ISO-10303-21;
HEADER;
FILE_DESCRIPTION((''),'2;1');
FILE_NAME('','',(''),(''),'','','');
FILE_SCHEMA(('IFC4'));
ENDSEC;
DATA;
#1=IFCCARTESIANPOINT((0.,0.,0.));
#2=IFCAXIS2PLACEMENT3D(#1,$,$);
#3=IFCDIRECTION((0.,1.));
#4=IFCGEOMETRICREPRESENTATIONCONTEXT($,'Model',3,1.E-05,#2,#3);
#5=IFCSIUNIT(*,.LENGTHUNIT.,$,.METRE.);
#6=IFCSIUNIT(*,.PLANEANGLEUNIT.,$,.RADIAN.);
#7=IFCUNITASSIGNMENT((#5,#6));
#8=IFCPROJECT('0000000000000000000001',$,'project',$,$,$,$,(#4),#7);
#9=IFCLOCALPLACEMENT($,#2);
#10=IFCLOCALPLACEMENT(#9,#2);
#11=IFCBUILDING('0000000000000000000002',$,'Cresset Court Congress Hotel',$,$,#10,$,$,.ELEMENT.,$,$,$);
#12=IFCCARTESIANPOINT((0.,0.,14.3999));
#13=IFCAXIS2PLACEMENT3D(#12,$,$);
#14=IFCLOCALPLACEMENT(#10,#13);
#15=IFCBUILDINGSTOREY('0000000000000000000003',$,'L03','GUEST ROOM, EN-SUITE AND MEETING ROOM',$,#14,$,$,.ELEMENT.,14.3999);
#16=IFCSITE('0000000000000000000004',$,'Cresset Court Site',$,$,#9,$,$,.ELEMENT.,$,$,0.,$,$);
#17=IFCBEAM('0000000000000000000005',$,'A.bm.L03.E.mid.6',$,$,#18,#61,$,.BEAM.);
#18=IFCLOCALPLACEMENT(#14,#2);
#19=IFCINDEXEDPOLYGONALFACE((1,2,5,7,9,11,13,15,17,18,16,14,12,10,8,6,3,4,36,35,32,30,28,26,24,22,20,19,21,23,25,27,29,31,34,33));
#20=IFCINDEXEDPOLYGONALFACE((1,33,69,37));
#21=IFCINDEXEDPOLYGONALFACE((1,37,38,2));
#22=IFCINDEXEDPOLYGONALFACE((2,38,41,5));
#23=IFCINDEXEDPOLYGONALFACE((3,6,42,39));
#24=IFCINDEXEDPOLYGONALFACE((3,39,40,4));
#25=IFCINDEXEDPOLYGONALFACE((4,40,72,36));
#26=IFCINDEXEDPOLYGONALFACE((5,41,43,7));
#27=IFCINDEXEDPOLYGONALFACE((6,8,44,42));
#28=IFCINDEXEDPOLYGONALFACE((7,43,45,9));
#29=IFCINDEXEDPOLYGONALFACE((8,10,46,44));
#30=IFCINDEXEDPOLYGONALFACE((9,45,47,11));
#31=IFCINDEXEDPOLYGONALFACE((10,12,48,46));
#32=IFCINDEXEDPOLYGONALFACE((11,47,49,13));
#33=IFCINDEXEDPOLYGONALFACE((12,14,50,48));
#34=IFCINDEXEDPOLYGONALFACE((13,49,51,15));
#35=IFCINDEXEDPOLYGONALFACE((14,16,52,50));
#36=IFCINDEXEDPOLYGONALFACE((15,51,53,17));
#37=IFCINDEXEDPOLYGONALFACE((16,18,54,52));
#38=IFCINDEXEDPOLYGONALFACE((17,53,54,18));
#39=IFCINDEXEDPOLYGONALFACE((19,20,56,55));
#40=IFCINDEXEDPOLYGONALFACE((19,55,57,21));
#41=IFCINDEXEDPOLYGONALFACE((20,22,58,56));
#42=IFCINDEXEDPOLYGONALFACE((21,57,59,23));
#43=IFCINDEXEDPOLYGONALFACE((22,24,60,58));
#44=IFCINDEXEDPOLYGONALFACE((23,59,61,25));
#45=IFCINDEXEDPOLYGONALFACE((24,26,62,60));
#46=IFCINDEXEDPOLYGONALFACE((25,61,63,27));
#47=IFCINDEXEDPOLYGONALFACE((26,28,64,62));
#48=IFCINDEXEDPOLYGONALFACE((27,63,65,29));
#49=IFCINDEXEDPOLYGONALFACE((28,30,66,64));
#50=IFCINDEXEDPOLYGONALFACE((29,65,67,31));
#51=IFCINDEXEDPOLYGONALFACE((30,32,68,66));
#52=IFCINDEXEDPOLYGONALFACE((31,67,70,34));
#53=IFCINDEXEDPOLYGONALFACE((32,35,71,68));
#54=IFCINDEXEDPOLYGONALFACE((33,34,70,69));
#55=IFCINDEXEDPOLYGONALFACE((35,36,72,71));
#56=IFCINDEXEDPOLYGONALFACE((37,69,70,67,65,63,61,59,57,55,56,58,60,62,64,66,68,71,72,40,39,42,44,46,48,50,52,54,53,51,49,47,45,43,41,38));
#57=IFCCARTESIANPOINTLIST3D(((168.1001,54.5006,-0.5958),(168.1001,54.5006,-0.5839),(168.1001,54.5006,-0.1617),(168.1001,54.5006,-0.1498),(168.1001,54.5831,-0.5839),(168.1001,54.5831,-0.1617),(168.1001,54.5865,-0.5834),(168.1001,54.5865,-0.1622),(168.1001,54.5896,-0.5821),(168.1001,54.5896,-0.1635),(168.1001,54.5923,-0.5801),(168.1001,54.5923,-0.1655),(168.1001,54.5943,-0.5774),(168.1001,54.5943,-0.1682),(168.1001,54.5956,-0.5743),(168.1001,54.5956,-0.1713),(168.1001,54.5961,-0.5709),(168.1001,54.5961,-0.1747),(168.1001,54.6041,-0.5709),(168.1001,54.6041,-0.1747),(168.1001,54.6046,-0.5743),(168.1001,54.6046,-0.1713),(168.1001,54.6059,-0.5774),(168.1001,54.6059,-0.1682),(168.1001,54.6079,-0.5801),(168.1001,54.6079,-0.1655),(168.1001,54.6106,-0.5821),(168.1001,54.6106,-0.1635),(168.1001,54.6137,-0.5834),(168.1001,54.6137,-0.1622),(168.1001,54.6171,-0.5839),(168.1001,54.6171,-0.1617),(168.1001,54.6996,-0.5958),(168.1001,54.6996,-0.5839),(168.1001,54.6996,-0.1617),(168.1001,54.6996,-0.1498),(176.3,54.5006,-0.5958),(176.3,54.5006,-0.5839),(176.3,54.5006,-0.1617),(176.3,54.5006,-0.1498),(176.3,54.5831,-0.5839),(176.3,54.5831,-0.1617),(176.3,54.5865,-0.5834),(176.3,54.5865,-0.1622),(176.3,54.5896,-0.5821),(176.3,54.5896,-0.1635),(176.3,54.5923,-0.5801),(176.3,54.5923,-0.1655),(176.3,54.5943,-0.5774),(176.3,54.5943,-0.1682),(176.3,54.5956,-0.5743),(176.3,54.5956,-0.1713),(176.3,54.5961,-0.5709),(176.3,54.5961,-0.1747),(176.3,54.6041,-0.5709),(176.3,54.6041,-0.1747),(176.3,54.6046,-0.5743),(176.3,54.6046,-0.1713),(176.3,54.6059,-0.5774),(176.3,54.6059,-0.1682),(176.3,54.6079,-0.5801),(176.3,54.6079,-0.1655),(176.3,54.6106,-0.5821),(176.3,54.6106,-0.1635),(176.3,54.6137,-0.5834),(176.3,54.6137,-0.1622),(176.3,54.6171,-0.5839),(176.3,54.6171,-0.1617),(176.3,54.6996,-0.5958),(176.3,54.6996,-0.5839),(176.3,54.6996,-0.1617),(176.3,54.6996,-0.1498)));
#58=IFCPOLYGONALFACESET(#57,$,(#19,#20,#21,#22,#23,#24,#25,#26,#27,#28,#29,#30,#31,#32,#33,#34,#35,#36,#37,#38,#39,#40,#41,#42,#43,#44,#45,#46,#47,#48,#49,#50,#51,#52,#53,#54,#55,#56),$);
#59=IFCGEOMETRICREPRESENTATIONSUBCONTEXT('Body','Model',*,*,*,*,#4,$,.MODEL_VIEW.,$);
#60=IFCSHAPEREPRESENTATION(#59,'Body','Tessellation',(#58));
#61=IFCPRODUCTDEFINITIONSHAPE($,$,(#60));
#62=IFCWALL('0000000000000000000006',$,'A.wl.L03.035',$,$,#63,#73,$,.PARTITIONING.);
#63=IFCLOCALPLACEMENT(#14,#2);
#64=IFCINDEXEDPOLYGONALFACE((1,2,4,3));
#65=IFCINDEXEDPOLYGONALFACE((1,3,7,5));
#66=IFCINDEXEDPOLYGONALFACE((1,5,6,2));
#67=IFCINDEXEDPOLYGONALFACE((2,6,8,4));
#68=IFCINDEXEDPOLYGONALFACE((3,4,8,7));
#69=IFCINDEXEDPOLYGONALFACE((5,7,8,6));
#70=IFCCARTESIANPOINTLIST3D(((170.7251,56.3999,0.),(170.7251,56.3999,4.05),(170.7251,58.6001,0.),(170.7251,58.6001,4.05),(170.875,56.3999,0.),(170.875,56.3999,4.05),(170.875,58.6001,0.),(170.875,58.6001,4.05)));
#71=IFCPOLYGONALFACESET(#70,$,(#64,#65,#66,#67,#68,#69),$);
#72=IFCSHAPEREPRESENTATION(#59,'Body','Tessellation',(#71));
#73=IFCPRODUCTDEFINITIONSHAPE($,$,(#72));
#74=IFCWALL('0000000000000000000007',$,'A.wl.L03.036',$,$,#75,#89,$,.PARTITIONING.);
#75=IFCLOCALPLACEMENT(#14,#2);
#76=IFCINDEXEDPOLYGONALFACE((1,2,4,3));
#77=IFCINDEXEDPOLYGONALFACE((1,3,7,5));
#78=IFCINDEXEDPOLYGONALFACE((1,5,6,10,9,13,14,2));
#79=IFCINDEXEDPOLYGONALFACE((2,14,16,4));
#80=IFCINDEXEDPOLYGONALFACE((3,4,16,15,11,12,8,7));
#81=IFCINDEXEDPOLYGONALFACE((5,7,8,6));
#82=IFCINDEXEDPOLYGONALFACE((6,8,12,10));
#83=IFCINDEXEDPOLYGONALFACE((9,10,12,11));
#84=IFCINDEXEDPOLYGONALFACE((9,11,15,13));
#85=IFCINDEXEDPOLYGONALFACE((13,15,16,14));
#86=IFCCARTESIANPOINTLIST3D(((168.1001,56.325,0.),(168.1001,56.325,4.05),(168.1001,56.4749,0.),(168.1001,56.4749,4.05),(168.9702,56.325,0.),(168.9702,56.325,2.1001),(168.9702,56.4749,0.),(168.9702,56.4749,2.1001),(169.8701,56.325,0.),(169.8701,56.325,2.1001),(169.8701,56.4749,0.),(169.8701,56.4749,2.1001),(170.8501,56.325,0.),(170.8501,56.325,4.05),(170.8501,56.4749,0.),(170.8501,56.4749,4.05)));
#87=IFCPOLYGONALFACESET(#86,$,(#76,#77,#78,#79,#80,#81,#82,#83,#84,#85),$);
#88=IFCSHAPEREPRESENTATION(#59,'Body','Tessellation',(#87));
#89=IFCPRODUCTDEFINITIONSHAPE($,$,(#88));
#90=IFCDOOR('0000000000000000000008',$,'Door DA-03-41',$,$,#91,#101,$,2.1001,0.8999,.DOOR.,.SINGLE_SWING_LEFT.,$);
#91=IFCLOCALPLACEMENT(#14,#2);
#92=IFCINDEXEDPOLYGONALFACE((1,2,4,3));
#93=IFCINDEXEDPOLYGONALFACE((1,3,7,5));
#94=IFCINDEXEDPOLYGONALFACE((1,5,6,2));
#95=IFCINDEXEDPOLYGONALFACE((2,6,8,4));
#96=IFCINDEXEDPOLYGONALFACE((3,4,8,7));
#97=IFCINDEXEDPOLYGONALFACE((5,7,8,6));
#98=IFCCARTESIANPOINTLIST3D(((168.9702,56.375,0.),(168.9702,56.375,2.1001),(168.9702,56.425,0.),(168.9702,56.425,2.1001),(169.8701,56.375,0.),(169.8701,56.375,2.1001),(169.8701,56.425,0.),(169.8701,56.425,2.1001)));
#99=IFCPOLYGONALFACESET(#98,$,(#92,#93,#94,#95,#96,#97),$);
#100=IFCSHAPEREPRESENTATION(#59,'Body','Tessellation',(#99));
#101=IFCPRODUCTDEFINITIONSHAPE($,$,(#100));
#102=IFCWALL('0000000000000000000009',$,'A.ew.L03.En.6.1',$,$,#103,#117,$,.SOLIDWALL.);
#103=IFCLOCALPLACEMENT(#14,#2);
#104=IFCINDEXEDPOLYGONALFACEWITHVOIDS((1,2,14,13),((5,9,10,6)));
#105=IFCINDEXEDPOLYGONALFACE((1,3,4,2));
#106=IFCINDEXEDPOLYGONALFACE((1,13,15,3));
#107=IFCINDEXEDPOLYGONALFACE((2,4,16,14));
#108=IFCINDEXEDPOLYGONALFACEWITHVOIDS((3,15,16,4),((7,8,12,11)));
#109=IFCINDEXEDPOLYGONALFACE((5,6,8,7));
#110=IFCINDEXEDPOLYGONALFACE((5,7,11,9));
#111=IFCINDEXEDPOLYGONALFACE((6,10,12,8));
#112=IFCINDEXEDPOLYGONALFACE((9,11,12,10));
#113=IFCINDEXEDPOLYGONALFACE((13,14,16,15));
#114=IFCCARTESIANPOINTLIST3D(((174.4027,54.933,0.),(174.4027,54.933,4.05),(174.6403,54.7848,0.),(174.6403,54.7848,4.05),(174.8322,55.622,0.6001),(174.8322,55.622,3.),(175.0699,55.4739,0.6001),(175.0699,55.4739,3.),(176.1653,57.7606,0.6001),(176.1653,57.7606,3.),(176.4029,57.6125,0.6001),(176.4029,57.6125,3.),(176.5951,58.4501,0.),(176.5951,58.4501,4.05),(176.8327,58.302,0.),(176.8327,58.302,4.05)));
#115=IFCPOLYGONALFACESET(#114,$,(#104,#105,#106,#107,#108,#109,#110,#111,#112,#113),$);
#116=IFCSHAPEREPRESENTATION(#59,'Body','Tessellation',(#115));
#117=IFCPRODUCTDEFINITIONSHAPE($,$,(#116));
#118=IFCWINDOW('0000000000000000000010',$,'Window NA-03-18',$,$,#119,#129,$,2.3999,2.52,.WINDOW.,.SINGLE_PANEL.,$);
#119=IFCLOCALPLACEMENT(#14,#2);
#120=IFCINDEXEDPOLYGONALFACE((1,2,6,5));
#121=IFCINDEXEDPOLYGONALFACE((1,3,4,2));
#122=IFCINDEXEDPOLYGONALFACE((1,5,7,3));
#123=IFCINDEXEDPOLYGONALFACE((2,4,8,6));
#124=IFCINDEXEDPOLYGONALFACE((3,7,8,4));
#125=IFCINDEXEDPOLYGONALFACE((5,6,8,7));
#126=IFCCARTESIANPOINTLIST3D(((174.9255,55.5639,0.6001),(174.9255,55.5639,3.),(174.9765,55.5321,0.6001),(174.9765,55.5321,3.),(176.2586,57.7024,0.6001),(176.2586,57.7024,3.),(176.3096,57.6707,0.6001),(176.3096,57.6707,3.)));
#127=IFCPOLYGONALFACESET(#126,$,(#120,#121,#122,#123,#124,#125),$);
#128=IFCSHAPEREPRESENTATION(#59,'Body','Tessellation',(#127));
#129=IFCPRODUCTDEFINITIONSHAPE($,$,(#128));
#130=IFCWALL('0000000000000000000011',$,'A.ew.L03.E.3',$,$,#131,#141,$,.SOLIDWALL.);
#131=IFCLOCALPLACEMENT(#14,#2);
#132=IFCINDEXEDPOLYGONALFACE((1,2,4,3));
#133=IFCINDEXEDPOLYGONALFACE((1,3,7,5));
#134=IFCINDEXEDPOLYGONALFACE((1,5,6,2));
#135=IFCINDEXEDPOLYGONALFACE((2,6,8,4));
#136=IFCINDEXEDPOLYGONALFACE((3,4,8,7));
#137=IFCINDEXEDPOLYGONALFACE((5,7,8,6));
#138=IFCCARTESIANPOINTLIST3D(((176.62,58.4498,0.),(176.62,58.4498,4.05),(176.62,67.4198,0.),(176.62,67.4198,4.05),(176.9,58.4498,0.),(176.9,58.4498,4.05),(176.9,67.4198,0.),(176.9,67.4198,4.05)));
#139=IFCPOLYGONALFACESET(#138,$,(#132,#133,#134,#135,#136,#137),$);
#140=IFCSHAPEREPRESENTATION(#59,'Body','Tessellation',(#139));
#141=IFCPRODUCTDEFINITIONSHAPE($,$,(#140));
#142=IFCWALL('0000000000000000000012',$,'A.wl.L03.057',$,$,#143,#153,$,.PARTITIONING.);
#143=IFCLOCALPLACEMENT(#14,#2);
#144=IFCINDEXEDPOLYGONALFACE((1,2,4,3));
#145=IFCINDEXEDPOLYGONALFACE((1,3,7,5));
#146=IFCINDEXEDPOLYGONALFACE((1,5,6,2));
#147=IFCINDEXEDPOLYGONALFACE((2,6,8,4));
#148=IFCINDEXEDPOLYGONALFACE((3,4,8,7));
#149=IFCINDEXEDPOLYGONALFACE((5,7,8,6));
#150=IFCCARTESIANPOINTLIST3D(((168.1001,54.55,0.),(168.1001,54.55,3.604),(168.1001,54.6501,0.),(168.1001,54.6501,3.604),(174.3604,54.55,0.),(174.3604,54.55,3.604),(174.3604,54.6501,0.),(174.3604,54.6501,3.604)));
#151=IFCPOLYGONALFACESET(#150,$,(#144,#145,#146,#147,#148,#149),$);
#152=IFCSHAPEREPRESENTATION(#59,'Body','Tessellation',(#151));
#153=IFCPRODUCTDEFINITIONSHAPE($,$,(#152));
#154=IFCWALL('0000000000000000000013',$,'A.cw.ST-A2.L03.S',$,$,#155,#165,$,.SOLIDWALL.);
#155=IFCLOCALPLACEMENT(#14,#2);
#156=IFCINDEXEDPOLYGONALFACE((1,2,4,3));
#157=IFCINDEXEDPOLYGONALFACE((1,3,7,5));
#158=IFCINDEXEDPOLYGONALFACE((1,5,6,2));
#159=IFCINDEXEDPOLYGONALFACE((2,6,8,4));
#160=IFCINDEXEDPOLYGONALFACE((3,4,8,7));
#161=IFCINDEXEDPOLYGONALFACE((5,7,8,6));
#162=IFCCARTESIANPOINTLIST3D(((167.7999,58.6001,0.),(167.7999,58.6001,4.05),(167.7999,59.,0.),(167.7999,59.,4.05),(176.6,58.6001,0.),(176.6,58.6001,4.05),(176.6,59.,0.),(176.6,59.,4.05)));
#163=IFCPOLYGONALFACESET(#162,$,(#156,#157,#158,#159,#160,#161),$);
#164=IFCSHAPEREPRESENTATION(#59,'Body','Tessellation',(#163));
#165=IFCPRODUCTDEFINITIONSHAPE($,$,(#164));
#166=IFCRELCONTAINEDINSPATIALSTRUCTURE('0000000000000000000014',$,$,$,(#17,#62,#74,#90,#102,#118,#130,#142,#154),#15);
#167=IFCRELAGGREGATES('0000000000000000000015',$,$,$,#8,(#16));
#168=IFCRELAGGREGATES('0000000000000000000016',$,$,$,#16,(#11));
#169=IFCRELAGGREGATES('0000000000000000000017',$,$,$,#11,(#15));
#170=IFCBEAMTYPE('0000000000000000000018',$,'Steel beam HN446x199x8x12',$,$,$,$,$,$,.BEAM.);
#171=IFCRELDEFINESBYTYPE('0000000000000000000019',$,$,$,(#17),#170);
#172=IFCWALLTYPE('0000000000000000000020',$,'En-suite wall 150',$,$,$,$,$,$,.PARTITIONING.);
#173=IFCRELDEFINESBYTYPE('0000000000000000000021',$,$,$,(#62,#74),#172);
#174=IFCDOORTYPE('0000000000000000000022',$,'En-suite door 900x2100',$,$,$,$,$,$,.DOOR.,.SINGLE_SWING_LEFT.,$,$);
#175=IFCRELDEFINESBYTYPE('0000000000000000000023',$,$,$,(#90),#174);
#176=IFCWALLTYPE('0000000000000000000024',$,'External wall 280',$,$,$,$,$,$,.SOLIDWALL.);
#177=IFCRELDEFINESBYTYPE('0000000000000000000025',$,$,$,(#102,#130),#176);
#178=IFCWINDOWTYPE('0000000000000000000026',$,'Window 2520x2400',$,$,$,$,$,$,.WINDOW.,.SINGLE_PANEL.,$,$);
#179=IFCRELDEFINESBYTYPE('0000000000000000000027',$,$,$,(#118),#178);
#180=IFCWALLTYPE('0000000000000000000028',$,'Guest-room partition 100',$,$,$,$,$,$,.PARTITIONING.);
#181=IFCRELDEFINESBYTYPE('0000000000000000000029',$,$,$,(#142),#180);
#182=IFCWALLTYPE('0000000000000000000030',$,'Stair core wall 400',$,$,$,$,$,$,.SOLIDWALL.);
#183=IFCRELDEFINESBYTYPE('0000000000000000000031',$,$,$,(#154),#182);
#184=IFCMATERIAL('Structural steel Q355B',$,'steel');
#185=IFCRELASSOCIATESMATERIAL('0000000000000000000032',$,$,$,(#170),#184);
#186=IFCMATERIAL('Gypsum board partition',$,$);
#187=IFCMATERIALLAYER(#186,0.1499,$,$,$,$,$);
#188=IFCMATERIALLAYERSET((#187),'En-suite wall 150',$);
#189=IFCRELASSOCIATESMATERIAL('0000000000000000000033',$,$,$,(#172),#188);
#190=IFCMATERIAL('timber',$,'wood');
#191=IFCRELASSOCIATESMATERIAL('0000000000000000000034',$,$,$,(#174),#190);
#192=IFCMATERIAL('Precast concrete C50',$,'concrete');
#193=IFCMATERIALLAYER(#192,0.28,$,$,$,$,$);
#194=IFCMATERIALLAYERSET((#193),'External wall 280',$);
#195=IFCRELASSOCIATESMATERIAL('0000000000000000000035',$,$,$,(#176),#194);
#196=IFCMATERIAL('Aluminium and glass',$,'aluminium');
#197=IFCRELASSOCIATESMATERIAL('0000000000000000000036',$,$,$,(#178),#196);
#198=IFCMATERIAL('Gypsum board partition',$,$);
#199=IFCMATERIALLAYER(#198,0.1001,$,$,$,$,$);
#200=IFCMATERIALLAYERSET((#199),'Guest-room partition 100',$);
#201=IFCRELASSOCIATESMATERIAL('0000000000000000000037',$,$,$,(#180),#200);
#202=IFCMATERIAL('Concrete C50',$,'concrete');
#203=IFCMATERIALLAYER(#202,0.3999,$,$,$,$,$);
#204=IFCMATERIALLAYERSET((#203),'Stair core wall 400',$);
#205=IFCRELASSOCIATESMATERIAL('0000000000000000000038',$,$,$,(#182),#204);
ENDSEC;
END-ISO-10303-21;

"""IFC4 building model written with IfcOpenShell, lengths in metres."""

from ifc_helpers import new_model, si_unit, direction, frame, frame_2d, origin, origin_2d, place, context, subcontext, project, spatial, rectangle, i_section, extrude, material, layer, layer_set, material_profile, profile_set, type_object, element, fill, save


model = new_model("IFC4")

# Units and contexts
model_context = context("Model", 3, precision=1e-05, world=origin(), true_north=direction((0.0, 1.0)))
body_context = subcontext(model_context, "Body", "Model", "MODEL_VIEW")
ifc_project = project(units=[si_unit("LENGTHUNIT", "METRE"), si_unit("PLANEANGLEUNIT", "RADIAN")], contexts=[model_context])

# Site, building, storey
site_placement = place(None, origin())
site = spatial("IfcSite", under=ifc_project, at=site_placement, Name="Cresset Court Site", CompositionType="ELEMENT", RefElevation=0.0)
building_placement = place(site_placement, origin())
building = spatial("IfcBuilding", under=site, at=building_placement, Name="Cresset Court Congress Hotel", CompositionType="ELEMENT")
storey_placement = place(building_placement, frame((0.0, 0.0, 14.3999)))
storey = spatial("IfcBuildingStorey", under=building, at=storey_placement, Name="L03", Description="GUEST ROOM, EN-SUITE AND MEETING ROOM", CompositionType="ELEMENT", Elevation=14.3999)

# Beam
ifc_material_1 = material(Name="Structural steel Q355B", Category="steel")
ifc_material_profile = material_profile(ifc_material_1, i_section(OverallWidth=0.199, OverallDepth=0.446, WebThickness=0.0081, FlangeThickness=0.012, FilletRadius=0.0129, at=origin_2d()), Name="HN446x199x8x12")
ifc_profile_set = profile_set([ifc_material_profile], Name="Structural steel Q355B")
beam_type = type_object("IfcBeamType", Name="Steel beam HN446x199x8x12", PredefinedType="BEAM", material=ifc_profile_set)
beam_placement = place(storey_placement, frame((168.1001, 54.6001, -0.3728), z_axis=(1.0, 0.0, 0.0), x_axis=(0.0, 1.0, 0.0)))
element("IfcBeam", 1, at=beam_placement, inside=storey, type_object=beam_type, Name="A.bm.L03.E.mid.6", PredefinedType="BEAM", context=body_context, shape_type="SweptSolid", body=[
    extrude(i_section(OverallWidth=0.199, OverallDepth=0.446, WebThickness=0.0081, FlangeThickness=0.012, FilletRadius=0.0129, at=origin_2d()), origin(), (0.0, 0.0, 1.0), 8.2),
])

# Wall
ifc_material_2 = material(Name="Gypsum board partition")
ifc_layer_1 = layer(ifc_material_2, 0.1499)
ifc_layer_set_1 = layer_set([ifc_layer_1], Name="En-suite wall 150")
wall_type_1 = type_object("IfcWallType", Name="En-suite wall 150", PredefinedType="PARTITIONING", material=ifc_layer_set_1)
wall_1_placement = place(storey_placement, frame((170.8, 56.3999, 0.0), z_axis=(0.0, 0.0, 1.0), x_axis=(0.0, 1.0, 0.0)))
element("IfcWall", 2, at=wall_1_placement, inside=storey, type_object=wall_type_1, Name="A.wl.L03.035", PredefinedType="PARTITIONING", context=body_context, shape_type="SweptSolid", body=[
    extrude(rectangle(XDim=2.2002, YDim=0.1499, at=frame_2d((1.1001, 0.0))), origin(), (0.0, 0.0, 1.0), 4.05),
])

# Wall, opening, door
wall_2_placement = place(storey_placement, frame((170.8501, 56.3999, 0.0), z_axis=(0.0, 0.0, 1.0), x_axis=(-1.0, 0.0, 0.0)))
wall_2 = element("IfcWall", 3, at=wall_2_placement, inside=storey, type_object=wall_type_1, Name="A.wl.L03.036", PredefinedType="PARTITIONING", context=body_context, shape_type="SweptSolid", body=[
    extrude(rectangle(XDim=2.75, YDim=0.1499, at=frame_2d((1.375, 0.0))), origin(), (0.0, 0.0, 1.0), 4.05),
])
opening_1_placement = place(wall_2_placement, frame((0.98, 0.0, 0.0)))
opening_1 = element("IfcOpeningElement", 4, at=opening_1_placement, cuts=wall_2, PredefinedType="OPENING", context=body_context, shape_type="SweptSolid", body=[
    extrude(rectangle(XDim=0.8999, YDim=2.1001, at=frame_2d((0.45, 1.05))), frame((0.0, 0.085, 0.0), z_axis=(0.0, -1.0, 0.0), x_axis=(1.0, 0.0, 0.0)), (0.0, 0.0, 1.0), 0.1699),
])
ifc_material_3 = material(Name="timber", Category="wood")
door_type_1 = type_object("IfcDoorType", Name="En-suite door 900x2100", OperationType="SINGLE_SWING_LEFT", PredefinedType="DOOR", material=ifc_material_3)
door_1_placement = place(opening_1_placement, origin())
door_1 = element("IfcDoor", 5, at=door_1_placement, inside=storey, type_object=door_type_1, Name="Door DA-03-41", OperationType="SINGLE_SWING_LEFT", OverallHeight=2.1001, OverallWidth=0.8999, PredefinedType="DOOR", context=body_context, shape_type="SweptSolid", body=[
    extrude(rectangle(XDim=0.8999, YDim=2.1001, at=frame_2d((0.45, 1.05))), frame((0.0, 0.0249, 0.0), z_axis=(0.0, -1.0, 0.0), x_axis=(1.0, 0.0, 0.0)), (0.0, 0.0, 1.0), 0.05),
])
fill(opening_1, door_1)

# Wall, opening, window
ifc_material_4 = material(Name="Precast concrete C50", Category="concrete")
ifc_layer_2 = layer(ifc_material_4, 0.28)
ifc_layer_set_2 = layer_set([ifc_layer_2], Name="External wall 280")
wall_type_2 = type_object("IfcWallType", Name="External wall 280", PredefinedType="SOLIDWALL", material=ifc_layer_set_2)
wall_3_placement = place(storey_placement, frame((174.5215, 54.8589, 0.0), z_axis=(0.0, 0.0, 1.0), x_axis=(0.528993, 0.848626, 0.0)))
wall_3 = element("IfcWall", 6, at=wall_3_placement, inside=storey, type_object=wall_type_2, Name="A.ew.L03.En.6.1", PredefinedType="SOLIDWALL", context=body_context, shape_type="SweptSolid", body=[
    extrude(rectangle(XDim=4.1445, YDim=0.28, at=frame_2d((2.0723, 0.0))), origin(), (0.0, 0.0, 1.0), 4.05),
])
opening_2_placement = place(wall_3_placement, frame((0.812, 0.0, 0.6001)))
opening_2 = element("IfcOpeningElement", 7, at=opening_2_placement, cuts=wall_3, PredefinedType="OPENING", context=body_context, shape_type="SweptSolid", body=[
    extrude(rectangle(XDim=2.52, YDim=2.3999, at=frame_2d((1.26, 1.2))), frame((0.0, 0.1499, 0.0), z_axis=(0.0, -1.0, 0.0), x_axis=(1.0, 0.0, 0.0)), (0.0, 0.0, 1.0), 0.3),
])
ifc_material_5 = material(Name="Aluminium and glass", Category="aluminium")
window_type = type_object("IfcWindowType", Name="Window 2520x2400", PartitioningType="SINGLE_PANEL", PredefinedType="WINDOW", material=ifc_material_5)
window_placement = place(opening_2_placement, origin())
window = element("IfcWindow", 8, at=window_placement, inside=storey, type_object=window_type, Name="Window NA-03-18", OverallHeight=2.3999, OverallWidth=2.52, PartitioningType="SINGLE_PANEL", PredefinedType="WINDOW", context=body_context, shape_type="SweptSolid", body=[
    extrude(rectangle(XDim=2.52, YDim=2.3999, at=frame_2d((1.26, 1.2))), frame((0.0, 0.03, 0.0), z_axis=(0.0, -1.0, 0.0), x_axis=(1.0, 0.0, 0.0)), (0.0, 0.0, 1.0), 0.0601),
])
fill(opening_2, window)

# Walls
wall_4_placement = place(storey_placement, frame((176.76, 58.45, 0.0), z_axis=(0.0, 0.0, 1.0), x_axis=(0.0, 1.0, 0.0)))
element("IfcWall", 9, at=wall_4_placement, inside=storey, type_object=wall_type_2, Name="A.ew.L03.E.3", PredefinedType="SOLIDWALL", context=body_context, shape_type="SweptSolid", body=[
    extrude(rectangle(XDim=8.97, YDim=0.28, at=frame_2d((4.4849, 0.0))), origin(), (0.0, 0.0, 1.0), 4.05),
])
ifc_material_6 = material(Name="Gypsum board partition")
ifc_layer_3 = layer(ifc_material_6, 0.1001)
ifc_layer_set_3 = layer_set([ifc_layer_3], Name="Guest-room partition 100")
wall_type_3 = type_object("IfcWallType", Name="Guest-room partition 100", PredefinedType="PARTITIONING", material=ifc_layer_set_3)
wall_5_placement = place(storey_placement, frame((168.1001, 54.6001, 0.0), z_axis=(0.0, 0.0, 1.0), x_axis=(1.0, 0.0, 0.0)))
element("IfcWall", 10, at=wall_5_placement, inside=storey, type_object=wall_type_3, Name="A.wl.L03.057", PredefinedType="PARTITIONING", context=body_context, shape_type="SweptSolid", body=[
    extrude(rectangle(XDim=6.2603, YDim=0.1001, at=frame_2d((3.1301, 0.0))), origin(), (0.0, 0.0, 1.0), 3.604),
])
ifc_material_7 = material(Name="Concrete C50", Category="concrete")
ifc_layer_4 = layer(ifc_material_7, 0.3999)
ifc_layer_set_4 = layer_set([ifc_layer_4], Name="Stair core wall 400")
wall_type_4 = type_object("IfcWallType", Name="Stair core wall 400", PredefinedType="SOLIDWALL", material=ifc_layer_set_4)
wall_6_placement = place(storey_placement, frame((167.8, 58.8, 0.0), z_axis=(0.0, 0.0, 1.0), x_axis=(1.0, 0.0, 0.0)))
element("IfcWall", 11, at=wall_6_placement, inside=storey, type_object=wall_type_4, Name="A.cw.ST-A2.L03.S", PredefinedType="SOLIDWALL", context=body_context, shape_type="SweptSolid", body=[
    extrude(rectangle(XDim=8.8, YDim=0.3999, at=frame_2d((4.3999, 0.0))), origin(), (0.0, 0.0, 1.0), 4.05),
])

save(model, "model.ifc")
